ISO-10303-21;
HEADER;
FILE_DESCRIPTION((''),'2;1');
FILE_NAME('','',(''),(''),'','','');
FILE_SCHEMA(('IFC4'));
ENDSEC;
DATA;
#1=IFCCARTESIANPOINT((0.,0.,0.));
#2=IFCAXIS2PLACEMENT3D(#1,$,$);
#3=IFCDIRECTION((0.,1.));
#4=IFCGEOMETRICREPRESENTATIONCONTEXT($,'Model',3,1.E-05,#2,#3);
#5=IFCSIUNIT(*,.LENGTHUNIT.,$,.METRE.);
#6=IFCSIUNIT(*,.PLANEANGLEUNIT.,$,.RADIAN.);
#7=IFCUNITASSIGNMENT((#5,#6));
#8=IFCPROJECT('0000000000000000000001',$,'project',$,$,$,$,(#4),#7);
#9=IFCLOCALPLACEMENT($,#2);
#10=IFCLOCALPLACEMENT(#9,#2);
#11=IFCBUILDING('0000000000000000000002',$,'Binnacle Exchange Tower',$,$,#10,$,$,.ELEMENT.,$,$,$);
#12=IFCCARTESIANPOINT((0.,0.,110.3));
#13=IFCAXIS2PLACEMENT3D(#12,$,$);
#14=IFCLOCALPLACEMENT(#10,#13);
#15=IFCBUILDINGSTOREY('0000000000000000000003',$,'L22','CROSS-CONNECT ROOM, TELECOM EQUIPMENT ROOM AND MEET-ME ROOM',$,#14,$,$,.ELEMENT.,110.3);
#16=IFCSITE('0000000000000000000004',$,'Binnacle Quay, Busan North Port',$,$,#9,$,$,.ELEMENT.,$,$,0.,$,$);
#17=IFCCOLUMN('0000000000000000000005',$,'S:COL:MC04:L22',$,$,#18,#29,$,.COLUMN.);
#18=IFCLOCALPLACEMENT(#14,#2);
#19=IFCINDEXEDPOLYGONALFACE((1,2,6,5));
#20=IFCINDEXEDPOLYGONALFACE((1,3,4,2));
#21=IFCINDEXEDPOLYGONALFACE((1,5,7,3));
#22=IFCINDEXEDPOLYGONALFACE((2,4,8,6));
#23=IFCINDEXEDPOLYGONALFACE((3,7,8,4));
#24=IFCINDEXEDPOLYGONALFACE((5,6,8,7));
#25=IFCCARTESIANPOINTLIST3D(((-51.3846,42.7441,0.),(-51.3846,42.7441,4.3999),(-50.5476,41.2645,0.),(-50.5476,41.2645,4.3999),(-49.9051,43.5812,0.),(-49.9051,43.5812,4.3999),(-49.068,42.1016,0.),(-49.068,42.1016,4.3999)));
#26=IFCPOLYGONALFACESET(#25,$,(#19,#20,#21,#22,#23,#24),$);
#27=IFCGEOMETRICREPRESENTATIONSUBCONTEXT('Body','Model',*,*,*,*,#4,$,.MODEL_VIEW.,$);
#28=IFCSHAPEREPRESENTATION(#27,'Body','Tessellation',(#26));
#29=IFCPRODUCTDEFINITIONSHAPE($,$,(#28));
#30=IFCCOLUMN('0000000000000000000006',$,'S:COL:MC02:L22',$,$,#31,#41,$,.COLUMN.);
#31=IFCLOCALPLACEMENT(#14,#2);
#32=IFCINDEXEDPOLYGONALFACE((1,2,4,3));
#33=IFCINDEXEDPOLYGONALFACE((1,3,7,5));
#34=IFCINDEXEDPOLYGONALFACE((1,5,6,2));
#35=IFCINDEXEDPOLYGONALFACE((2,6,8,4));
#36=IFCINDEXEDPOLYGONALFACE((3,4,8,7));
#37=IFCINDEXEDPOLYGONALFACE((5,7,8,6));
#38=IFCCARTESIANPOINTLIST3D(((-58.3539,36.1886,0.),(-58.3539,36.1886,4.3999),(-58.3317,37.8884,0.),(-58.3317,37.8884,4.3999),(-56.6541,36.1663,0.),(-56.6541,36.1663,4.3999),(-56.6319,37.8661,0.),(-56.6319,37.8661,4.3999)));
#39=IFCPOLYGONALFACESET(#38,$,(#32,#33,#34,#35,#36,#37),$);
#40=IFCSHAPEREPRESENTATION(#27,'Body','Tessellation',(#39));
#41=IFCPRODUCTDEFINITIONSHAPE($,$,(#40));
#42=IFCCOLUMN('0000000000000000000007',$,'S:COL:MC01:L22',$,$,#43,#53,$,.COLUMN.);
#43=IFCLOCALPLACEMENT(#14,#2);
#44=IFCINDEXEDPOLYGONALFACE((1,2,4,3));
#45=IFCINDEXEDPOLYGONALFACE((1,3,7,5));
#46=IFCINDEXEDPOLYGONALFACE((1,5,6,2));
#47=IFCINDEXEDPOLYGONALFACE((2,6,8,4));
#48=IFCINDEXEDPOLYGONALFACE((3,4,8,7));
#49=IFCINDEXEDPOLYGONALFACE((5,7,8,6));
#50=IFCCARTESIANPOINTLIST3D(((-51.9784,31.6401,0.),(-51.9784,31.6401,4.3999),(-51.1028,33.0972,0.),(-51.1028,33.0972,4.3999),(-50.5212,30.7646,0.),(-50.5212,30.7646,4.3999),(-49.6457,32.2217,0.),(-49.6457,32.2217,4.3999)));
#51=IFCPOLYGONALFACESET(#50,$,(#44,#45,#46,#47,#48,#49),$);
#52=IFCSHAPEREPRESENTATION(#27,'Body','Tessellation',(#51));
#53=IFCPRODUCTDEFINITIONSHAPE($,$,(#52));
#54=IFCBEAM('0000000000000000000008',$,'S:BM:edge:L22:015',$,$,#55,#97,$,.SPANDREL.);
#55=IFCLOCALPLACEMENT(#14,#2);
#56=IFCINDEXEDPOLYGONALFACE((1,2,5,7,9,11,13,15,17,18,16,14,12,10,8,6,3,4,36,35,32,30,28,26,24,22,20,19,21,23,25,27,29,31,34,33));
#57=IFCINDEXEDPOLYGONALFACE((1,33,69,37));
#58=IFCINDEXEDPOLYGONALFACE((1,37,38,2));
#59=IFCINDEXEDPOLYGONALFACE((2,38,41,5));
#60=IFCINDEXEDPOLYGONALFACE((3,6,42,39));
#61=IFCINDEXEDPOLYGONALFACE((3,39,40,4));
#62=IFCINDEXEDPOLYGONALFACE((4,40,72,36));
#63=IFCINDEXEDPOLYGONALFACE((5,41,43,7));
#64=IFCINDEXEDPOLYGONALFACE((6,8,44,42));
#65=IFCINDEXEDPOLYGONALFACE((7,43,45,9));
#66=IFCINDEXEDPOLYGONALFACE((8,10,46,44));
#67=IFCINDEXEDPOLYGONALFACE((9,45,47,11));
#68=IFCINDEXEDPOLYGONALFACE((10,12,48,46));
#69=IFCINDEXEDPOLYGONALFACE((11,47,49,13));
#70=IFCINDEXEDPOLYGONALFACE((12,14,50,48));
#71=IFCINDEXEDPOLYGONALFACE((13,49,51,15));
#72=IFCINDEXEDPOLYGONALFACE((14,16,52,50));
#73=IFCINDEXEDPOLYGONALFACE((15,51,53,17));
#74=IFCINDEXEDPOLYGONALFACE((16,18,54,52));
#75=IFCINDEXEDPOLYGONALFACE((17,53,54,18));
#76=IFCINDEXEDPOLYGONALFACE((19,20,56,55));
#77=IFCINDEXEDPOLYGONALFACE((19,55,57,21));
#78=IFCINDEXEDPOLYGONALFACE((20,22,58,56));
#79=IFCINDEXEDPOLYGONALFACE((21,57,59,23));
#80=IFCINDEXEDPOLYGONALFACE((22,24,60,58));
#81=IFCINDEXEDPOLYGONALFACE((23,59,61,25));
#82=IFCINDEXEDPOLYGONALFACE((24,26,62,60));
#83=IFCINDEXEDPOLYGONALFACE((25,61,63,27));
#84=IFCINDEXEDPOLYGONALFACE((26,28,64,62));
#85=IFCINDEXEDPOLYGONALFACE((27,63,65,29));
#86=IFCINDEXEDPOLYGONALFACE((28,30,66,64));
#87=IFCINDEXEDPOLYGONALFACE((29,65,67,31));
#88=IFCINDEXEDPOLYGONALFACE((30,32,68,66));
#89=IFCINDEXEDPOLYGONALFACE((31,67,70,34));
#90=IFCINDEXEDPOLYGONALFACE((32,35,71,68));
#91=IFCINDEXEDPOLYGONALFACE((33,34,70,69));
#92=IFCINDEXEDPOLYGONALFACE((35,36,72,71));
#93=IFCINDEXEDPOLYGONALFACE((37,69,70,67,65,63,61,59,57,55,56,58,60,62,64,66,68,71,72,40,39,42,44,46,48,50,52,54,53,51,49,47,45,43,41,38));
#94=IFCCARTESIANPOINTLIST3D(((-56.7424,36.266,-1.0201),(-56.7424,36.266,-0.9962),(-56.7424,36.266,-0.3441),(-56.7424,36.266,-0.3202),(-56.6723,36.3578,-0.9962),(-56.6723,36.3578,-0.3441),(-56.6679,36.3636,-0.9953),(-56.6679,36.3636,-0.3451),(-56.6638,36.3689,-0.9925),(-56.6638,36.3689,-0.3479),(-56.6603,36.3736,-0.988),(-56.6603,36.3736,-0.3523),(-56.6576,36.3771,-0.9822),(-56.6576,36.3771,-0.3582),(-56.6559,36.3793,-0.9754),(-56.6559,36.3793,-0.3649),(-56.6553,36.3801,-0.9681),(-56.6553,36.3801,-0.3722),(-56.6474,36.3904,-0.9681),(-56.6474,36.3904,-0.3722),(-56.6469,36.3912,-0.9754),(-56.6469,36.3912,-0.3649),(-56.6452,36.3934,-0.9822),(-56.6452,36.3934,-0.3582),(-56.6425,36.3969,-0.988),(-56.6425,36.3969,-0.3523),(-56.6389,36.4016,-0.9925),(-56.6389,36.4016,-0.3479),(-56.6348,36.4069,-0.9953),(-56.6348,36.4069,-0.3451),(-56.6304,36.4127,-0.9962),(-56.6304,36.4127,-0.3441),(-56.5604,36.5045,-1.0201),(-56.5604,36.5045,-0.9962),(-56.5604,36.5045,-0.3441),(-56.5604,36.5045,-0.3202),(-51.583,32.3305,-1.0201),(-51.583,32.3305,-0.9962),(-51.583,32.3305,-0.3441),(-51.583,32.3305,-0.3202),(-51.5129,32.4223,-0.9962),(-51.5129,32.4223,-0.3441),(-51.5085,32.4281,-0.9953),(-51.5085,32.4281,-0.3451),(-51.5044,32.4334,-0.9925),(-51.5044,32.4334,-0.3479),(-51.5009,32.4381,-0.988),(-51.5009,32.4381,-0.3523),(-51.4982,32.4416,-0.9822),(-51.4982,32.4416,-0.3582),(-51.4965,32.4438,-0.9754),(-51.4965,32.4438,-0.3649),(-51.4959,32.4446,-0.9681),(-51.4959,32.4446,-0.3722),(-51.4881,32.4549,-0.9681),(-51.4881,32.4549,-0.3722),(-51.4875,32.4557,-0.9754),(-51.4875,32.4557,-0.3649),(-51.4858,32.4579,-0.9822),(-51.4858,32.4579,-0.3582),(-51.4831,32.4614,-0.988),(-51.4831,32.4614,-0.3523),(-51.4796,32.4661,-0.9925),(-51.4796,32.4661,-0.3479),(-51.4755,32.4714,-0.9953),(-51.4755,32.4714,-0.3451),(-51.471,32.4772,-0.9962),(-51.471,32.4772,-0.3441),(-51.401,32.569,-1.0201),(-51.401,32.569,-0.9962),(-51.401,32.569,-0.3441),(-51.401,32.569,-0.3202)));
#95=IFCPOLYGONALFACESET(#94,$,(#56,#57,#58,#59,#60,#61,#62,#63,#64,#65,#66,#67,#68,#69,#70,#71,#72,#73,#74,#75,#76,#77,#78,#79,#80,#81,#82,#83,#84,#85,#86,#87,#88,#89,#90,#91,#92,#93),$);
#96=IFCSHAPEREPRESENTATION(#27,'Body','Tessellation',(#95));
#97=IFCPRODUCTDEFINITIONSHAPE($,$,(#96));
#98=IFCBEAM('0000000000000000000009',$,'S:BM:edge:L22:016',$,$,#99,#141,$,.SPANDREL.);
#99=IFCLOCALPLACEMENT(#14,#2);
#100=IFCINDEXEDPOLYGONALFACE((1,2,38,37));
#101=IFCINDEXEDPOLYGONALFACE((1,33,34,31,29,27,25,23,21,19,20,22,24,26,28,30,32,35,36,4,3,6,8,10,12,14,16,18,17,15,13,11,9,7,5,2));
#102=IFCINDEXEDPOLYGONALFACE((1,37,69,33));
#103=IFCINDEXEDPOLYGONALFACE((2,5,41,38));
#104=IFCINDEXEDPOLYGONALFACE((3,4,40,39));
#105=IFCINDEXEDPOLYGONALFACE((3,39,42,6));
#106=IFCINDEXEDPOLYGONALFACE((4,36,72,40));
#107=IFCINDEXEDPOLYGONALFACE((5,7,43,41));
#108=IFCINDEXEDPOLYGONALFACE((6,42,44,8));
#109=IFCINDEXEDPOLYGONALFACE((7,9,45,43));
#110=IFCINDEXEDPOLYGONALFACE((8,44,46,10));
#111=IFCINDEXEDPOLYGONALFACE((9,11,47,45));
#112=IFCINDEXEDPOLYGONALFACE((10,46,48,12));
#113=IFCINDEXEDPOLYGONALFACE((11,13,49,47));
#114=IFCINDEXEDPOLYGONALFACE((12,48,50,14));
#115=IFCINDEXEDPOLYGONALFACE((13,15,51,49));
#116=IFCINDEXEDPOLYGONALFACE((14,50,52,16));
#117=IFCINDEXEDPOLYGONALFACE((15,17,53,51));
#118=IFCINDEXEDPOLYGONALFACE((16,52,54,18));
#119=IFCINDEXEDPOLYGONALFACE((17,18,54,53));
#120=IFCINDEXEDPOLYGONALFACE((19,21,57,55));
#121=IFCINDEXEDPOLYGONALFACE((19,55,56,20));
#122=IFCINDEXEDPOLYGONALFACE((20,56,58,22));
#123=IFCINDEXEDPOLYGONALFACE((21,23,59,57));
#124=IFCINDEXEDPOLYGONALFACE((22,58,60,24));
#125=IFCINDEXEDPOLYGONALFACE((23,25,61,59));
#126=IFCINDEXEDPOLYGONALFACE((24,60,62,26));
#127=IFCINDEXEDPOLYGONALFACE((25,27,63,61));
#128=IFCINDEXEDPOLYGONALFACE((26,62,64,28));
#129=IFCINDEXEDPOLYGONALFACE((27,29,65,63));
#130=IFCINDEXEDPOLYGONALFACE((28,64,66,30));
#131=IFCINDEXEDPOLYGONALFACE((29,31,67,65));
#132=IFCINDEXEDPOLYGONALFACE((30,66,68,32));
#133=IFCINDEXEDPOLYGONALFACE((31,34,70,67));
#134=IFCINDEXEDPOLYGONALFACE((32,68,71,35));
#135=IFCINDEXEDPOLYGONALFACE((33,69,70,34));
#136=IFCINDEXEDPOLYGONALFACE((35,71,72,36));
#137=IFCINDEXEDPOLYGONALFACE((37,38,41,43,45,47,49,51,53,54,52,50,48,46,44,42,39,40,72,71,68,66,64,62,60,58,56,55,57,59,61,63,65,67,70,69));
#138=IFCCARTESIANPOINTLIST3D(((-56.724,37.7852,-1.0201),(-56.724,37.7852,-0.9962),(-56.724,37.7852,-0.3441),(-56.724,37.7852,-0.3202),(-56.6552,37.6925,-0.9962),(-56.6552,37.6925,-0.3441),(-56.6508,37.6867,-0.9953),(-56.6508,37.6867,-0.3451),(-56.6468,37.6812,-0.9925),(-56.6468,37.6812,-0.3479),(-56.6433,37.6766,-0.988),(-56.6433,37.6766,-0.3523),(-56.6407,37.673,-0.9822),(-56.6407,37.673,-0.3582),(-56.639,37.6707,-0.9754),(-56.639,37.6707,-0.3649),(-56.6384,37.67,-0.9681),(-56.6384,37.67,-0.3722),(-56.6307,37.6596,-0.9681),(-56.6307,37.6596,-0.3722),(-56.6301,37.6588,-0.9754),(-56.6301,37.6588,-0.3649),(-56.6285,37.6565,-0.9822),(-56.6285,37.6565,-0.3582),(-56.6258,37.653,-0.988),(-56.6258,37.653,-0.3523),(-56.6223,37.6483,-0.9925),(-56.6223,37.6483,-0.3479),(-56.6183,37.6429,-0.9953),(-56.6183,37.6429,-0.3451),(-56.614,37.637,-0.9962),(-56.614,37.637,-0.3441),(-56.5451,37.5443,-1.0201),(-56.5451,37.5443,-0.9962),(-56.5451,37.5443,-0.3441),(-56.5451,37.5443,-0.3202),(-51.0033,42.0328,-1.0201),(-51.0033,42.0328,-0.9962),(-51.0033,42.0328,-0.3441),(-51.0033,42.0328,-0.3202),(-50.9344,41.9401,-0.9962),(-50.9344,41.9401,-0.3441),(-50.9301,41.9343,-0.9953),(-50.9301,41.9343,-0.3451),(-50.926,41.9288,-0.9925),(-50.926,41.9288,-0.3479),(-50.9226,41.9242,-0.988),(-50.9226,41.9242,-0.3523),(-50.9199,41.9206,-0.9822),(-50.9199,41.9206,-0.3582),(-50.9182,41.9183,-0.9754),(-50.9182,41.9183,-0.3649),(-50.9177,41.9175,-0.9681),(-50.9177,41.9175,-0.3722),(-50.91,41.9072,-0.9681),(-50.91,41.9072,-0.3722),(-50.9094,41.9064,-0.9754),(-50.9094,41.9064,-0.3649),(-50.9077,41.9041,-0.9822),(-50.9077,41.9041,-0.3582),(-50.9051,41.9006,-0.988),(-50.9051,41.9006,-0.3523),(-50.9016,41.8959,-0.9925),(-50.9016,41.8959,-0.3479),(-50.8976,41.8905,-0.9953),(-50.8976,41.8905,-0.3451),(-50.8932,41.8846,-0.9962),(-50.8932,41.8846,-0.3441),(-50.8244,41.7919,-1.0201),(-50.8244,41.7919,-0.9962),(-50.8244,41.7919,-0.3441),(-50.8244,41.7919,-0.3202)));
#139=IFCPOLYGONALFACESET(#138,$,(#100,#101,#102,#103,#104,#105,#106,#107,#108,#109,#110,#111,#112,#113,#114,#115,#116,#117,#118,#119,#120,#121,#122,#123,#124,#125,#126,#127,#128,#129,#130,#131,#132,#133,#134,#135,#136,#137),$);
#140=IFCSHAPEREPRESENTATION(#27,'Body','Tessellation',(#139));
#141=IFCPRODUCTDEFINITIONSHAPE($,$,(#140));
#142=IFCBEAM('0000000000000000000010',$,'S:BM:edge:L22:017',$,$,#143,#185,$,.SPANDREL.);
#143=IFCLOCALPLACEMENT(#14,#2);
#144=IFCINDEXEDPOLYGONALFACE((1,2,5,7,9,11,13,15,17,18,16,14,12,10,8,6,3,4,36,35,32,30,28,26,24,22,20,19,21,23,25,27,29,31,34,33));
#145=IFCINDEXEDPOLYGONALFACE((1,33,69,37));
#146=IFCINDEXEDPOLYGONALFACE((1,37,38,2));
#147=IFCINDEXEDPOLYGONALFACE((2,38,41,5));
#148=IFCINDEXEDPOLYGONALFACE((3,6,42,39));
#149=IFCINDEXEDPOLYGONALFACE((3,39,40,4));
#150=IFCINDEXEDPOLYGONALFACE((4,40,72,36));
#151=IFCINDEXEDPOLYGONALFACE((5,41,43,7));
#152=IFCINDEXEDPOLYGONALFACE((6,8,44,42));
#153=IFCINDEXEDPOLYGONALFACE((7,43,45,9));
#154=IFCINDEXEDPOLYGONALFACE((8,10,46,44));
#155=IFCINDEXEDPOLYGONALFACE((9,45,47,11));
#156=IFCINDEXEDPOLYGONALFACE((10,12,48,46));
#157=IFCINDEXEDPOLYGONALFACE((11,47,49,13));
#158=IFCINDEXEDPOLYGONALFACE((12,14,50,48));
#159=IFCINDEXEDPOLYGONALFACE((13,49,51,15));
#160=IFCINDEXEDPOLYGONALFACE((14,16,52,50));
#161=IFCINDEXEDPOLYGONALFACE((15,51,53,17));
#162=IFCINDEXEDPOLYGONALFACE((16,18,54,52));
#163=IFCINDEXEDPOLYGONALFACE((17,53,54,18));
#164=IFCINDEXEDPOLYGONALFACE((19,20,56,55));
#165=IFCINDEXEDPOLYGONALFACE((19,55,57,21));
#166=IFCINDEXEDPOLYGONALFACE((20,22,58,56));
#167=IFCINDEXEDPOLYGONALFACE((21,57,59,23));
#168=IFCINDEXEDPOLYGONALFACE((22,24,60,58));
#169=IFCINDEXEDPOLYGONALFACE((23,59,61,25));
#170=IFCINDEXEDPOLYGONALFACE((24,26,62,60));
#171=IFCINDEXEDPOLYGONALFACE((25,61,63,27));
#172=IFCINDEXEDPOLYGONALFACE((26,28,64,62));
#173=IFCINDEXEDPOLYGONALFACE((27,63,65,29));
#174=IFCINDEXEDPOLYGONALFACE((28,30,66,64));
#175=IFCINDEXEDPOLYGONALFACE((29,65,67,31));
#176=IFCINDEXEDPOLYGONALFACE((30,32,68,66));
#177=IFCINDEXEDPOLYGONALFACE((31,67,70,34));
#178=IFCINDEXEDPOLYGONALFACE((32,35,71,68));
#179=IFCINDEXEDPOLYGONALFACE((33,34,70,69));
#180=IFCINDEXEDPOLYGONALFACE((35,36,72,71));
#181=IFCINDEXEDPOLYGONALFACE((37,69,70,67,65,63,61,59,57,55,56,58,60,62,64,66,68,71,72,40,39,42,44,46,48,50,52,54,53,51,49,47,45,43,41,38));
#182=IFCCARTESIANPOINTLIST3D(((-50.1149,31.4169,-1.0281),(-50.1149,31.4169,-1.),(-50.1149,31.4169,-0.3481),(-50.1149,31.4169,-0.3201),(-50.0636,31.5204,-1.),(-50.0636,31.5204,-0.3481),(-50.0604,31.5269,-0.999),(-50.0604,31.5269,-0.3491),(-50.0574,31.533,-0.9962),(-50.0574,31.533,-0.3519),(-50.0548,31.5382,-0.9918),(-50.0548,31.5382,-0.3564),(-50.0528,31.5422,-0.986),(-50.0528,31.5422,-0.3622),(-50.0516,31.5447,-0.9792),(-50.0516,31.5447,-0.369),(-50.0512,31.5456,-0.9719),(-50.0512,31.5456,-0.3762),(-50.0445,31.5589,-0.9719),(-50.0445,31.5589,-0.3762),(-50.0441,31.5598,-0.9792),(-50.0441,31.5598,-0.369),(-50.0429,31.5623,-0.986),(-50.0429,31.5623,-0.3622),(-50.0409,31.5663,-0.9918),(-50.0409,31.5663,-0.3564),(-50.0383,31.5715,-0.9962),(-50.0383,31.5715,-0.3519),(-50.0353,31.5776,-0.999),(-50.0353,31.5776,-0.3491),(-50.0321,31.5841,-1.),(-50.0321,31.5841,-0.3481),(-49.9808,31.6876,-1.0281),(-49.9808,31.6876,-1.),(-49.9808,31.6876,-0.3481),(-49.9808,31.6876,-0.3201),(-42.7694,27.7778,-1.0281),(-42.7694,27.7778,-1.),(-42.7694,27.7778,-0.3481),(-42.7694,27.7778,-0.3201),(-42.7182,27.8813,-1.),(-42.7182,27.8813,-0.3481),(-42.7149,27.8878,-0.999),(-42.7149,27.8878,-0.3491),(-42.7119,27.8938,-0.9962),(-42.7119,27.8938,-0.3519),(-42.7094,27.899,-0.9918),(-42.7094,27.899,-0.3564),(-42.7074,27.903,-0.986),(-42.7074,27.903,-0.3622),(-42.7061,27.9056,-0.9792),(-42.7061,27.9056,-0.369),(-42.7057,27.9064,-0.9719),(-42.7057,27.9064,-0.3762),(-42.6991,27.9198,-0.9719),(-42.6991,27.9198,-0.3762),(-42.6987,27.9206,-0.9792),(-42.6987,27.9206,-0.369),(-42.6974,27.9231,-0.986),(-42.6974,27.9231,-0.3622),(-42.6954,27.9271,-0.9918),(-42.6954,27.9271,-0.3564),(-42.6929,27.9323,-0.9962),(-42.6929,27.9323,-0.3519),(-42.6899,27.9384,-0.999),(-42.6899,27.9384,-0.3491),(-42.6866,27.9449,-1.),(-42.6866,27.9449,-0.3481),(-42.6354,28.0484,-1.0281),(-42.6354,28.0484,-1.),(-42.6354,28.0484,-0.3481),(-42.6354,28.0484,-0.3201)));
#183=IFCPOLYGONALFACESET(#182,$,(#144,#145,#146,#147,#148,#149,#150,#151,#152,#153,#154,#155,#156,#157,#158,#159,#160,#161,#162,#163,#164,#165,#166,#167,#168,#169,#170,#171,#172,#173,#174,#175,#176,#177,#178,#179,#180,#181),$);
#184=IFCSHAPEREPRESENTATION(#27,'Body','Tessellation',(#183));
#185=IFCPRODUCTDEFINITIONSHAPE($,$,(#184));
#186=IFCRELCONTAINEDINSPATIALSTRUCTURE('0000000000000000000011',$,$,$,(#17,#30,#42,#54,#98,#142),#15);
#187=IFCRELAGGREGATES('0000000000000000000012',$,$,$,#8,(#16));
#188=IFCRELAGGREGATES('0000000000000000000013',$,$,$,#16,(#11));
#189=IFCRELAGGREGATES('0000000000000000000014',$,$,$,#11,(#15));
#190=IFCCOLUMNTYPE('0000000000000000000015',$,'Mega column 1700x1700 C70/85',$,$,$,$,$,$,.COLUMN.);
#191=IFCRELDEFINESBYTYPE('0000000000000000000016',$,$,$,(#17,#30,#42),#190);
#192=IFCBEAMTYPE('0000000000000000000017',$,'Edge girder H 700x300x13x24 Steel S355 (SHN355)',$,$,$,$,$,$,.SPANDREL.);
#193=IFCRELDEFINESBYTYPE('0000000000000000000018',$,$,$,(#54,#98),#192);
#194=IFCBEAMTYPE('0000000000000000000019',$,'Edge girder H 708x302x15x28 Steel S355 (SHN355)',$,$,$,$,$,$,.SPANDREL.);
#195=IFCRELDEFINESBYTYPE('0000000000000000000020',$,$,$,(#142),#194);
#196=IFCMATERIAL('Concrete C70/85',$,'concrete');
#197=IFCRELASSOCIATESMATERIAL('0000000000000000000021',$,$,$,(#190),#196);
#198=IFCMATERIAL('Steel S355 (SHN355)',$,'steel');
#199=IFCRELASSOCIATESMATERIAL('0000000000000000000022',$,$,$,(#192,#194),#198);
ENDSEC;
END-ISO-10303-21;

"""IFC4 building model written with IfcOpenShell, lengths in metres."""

from ifc_helpers import new_model, si_unit, direction, frame, origin, origin_2d, place, context, subcontext, project, spatial, rectangle, i_section, extrude, material, material_profile, profile_set, type_object, element, save


model = new_model("IFC4")

# Units and contexts
model_context = context("Model", 3, precision=1e-05, world=origin(), true_north=direction((0.0, 1.0)))
body_context = subcontext(model_context, "Body", "Model", "MODEL_VIEW")
ifc_project = project(units=[si_unit("LENGTHUNIT", "METRE"), si_unit("PLANEANGLEUNIT", "RADIAN")], contexts=[model_context])

# Site, building, storey
site_placement = place(None, origin())
site = spatial("IfcSite", under=ifc_project, at=site_placement, Name="Binnacle Quay, Busan North Port", CompositionType="ELEMENT", RefElevation=0.0)
building_placement = place(site_placement, origin())
building = spatial("IfcBuilding", under=site, at=building_placement, Name="Binnacle Exchange Tower", CompositionType="ELEMENT")
storey_placement = place(building_placement, frame((0.0, 0.0, 110.3)))
storey = spatial("IfcBuildingStorey", under=building, at=storey_placement, Name="L22", Description="CROSS-CONNECT ROOM, TELECOM EQUIPMENT ROOM AND MEET-ME ROOM", CompositionType="ELEMENT", Elevation=110.3)

# Columns
ifc_material_1 = material(Name="Concrete C70/85", Category="concrete")
ifc_material_profile_1 = material_profile(ifc_material_1, rectangle(XDim=1.7, YDim=1.7, at=origin_2d()), Name="Mega column 1700x1700 C70/85")
ifc_profile_set_1 = profile_set([ifc_material_profile_1], Name="Concrete C70/85")
column_type = type_object("IfcColumnType", Name="Mega column 1700x1700 C70/85", PredefinedType="COLUMN", material=ifc_profile_set_1)
for number, where, z_axis, x_axis, name in (
    (1, (-50.2263, 42.4229, 0.0), (0.0, 0.0, 1.0), (-0.870356, -0.492424, 0.0), "S:COL:MC04:L22"),
    (2, (-57.4929, 37.0273, 0.0), (0.0, 0.0, 1.0), (-0.01309, -0.999914, 0.0), "S:COL:MC02:L22"),
    (3, (-50.812, 31.9309, 0.0), (0.0, 0.0, 1.0), (0.857167, -0.515038, 0.0), "S:COL:MC01:L22"),
):
    element("IfcColumn", number, at=place(storey_placement, frame(where, z_axis=z_axis, x_axis=x_axis)), inside=storey, type_object=column_type, Name=name, PredefinedType="COLUMN", context=body_context, shape_type="SweptSolid", body=[
        extrude(rectangle(XDim=1.7, YDim=1.7, at=origin_2d()), origin(), (0.0, 0.0, 1.0), 4.3999),
    ])

# Beams
ifc_material_2 = material(Name="Steel S355 (SHN355)", Category="steel")
ifc_material_profile_2 = material_profile(ifc_material_2, i_section(OverallWidth=0.3, OverallDepth=0.7, WebThickness=0.0129, FlangeThickness=0.0239, FilletRadius=0.0281, at=origin_2d()), Name="H 700x300x13x24")
ifc_profile_set_2 = profile_set([ifc_material_profile_2], Name="Steel S355 (SHN355)")
beam_type_1 = type_object("IfcBeamType", Name="Edge girder H 700x300x13x24 Steel S355 (SHN355)", PredefinedType="SPANDREL", material=ifc_profile_set_2)
beam_1_placement = place(storey_placement, frame((-56.6514, 36.3853, -0.6702), z_axis=(0.795093, -0.606487, 0.0), x_axis=(0.606487, 0.795093, 0.0)))
element("IfcBeam", 4, at=beam_1_placement, inside=storey, type_object=beam_type_1, Name="S:BM:edge:L22:015", PredefinedType="SPANDREL", context=body_context, shape_type="SweptSolid", body=[
    extrude(i_section(OverallWidth=0.3, OverallDepth=0.7, WebThickness=0.0129, FlangeThickness=0.0239, FilletRadius=0.0281, at=origin_2d()), origin(), (0.0, 0.0, 1.0), 6.489),
])
beam_2_placement = place(storey_placement, frame((-50.9138, 41.9124, -0.6702), z_axis=(-0.802885, -0.596133, 0.0), x_axis=(0.596133, -0.802885, 0.0)))
element("IfcBeam", 5, at=beam_2_placement, inside=storey, type_object=beam_type_1, Name="S:BM:edge:L22:016", PredefinedType="SPANDREL", context=body_context, shape_type="SweptSolid", body=[
    extrude(i_section(OverallWidth=0.3, OverallDepth=0.7, WebThickness=0.0129, FlangeThickness=0.0239, FilletRadius=0.0281, at=origin_2d()), origin(), (0.0, 0.0, 1.0), 7.1252),
])
ifc_material_profile_3 = material_profile(ifc_material_2, i_section(OverallWidth=0.302, OverallDepth=0.708, WebThickness=0.0149, FlangeThickness=0.0281, FilletRadius=0.0281, at=origin_2d()), Name="H 708x302x15x28")
ifc_profile_set_3 = profile_set([ifc_material_profile_3], Name="Steel S355 (SHN355)")
beam_type_2 = type_object("IfcBeamType", Name="Edge girder H 708x302x15x28 Steel S355 (SHN355)", PredefinedType="SPANDREL", material=ifc_profile_set_3)
beam_3_placement = place(storey_placement, frame((-50.0479, 31.5522, -0.6741), z_axis=(0.896059, -0.443935, 0.0), x_axis=(0.443935, 0.896059, 0.0)))
element("IfcBeam", 6, at=beam_3_placement, inside=storey, type_object=beam_type_2, Name="S:BM:edge:L22:017", PredefinedType="SPANDREL", context=body_context, shape_type="SweptSolid", body=[
    extrude(i_section(OverallWidth=0.302, OverallDepth=0.708, WebThickness=0.0149, FlangeThickness=0.0281, FilletRadius=0.0281, at=origin_2d()), origin(), (0.0, 0.0, 1.0), 8.1975),
])

save(model, "model.ifc")
